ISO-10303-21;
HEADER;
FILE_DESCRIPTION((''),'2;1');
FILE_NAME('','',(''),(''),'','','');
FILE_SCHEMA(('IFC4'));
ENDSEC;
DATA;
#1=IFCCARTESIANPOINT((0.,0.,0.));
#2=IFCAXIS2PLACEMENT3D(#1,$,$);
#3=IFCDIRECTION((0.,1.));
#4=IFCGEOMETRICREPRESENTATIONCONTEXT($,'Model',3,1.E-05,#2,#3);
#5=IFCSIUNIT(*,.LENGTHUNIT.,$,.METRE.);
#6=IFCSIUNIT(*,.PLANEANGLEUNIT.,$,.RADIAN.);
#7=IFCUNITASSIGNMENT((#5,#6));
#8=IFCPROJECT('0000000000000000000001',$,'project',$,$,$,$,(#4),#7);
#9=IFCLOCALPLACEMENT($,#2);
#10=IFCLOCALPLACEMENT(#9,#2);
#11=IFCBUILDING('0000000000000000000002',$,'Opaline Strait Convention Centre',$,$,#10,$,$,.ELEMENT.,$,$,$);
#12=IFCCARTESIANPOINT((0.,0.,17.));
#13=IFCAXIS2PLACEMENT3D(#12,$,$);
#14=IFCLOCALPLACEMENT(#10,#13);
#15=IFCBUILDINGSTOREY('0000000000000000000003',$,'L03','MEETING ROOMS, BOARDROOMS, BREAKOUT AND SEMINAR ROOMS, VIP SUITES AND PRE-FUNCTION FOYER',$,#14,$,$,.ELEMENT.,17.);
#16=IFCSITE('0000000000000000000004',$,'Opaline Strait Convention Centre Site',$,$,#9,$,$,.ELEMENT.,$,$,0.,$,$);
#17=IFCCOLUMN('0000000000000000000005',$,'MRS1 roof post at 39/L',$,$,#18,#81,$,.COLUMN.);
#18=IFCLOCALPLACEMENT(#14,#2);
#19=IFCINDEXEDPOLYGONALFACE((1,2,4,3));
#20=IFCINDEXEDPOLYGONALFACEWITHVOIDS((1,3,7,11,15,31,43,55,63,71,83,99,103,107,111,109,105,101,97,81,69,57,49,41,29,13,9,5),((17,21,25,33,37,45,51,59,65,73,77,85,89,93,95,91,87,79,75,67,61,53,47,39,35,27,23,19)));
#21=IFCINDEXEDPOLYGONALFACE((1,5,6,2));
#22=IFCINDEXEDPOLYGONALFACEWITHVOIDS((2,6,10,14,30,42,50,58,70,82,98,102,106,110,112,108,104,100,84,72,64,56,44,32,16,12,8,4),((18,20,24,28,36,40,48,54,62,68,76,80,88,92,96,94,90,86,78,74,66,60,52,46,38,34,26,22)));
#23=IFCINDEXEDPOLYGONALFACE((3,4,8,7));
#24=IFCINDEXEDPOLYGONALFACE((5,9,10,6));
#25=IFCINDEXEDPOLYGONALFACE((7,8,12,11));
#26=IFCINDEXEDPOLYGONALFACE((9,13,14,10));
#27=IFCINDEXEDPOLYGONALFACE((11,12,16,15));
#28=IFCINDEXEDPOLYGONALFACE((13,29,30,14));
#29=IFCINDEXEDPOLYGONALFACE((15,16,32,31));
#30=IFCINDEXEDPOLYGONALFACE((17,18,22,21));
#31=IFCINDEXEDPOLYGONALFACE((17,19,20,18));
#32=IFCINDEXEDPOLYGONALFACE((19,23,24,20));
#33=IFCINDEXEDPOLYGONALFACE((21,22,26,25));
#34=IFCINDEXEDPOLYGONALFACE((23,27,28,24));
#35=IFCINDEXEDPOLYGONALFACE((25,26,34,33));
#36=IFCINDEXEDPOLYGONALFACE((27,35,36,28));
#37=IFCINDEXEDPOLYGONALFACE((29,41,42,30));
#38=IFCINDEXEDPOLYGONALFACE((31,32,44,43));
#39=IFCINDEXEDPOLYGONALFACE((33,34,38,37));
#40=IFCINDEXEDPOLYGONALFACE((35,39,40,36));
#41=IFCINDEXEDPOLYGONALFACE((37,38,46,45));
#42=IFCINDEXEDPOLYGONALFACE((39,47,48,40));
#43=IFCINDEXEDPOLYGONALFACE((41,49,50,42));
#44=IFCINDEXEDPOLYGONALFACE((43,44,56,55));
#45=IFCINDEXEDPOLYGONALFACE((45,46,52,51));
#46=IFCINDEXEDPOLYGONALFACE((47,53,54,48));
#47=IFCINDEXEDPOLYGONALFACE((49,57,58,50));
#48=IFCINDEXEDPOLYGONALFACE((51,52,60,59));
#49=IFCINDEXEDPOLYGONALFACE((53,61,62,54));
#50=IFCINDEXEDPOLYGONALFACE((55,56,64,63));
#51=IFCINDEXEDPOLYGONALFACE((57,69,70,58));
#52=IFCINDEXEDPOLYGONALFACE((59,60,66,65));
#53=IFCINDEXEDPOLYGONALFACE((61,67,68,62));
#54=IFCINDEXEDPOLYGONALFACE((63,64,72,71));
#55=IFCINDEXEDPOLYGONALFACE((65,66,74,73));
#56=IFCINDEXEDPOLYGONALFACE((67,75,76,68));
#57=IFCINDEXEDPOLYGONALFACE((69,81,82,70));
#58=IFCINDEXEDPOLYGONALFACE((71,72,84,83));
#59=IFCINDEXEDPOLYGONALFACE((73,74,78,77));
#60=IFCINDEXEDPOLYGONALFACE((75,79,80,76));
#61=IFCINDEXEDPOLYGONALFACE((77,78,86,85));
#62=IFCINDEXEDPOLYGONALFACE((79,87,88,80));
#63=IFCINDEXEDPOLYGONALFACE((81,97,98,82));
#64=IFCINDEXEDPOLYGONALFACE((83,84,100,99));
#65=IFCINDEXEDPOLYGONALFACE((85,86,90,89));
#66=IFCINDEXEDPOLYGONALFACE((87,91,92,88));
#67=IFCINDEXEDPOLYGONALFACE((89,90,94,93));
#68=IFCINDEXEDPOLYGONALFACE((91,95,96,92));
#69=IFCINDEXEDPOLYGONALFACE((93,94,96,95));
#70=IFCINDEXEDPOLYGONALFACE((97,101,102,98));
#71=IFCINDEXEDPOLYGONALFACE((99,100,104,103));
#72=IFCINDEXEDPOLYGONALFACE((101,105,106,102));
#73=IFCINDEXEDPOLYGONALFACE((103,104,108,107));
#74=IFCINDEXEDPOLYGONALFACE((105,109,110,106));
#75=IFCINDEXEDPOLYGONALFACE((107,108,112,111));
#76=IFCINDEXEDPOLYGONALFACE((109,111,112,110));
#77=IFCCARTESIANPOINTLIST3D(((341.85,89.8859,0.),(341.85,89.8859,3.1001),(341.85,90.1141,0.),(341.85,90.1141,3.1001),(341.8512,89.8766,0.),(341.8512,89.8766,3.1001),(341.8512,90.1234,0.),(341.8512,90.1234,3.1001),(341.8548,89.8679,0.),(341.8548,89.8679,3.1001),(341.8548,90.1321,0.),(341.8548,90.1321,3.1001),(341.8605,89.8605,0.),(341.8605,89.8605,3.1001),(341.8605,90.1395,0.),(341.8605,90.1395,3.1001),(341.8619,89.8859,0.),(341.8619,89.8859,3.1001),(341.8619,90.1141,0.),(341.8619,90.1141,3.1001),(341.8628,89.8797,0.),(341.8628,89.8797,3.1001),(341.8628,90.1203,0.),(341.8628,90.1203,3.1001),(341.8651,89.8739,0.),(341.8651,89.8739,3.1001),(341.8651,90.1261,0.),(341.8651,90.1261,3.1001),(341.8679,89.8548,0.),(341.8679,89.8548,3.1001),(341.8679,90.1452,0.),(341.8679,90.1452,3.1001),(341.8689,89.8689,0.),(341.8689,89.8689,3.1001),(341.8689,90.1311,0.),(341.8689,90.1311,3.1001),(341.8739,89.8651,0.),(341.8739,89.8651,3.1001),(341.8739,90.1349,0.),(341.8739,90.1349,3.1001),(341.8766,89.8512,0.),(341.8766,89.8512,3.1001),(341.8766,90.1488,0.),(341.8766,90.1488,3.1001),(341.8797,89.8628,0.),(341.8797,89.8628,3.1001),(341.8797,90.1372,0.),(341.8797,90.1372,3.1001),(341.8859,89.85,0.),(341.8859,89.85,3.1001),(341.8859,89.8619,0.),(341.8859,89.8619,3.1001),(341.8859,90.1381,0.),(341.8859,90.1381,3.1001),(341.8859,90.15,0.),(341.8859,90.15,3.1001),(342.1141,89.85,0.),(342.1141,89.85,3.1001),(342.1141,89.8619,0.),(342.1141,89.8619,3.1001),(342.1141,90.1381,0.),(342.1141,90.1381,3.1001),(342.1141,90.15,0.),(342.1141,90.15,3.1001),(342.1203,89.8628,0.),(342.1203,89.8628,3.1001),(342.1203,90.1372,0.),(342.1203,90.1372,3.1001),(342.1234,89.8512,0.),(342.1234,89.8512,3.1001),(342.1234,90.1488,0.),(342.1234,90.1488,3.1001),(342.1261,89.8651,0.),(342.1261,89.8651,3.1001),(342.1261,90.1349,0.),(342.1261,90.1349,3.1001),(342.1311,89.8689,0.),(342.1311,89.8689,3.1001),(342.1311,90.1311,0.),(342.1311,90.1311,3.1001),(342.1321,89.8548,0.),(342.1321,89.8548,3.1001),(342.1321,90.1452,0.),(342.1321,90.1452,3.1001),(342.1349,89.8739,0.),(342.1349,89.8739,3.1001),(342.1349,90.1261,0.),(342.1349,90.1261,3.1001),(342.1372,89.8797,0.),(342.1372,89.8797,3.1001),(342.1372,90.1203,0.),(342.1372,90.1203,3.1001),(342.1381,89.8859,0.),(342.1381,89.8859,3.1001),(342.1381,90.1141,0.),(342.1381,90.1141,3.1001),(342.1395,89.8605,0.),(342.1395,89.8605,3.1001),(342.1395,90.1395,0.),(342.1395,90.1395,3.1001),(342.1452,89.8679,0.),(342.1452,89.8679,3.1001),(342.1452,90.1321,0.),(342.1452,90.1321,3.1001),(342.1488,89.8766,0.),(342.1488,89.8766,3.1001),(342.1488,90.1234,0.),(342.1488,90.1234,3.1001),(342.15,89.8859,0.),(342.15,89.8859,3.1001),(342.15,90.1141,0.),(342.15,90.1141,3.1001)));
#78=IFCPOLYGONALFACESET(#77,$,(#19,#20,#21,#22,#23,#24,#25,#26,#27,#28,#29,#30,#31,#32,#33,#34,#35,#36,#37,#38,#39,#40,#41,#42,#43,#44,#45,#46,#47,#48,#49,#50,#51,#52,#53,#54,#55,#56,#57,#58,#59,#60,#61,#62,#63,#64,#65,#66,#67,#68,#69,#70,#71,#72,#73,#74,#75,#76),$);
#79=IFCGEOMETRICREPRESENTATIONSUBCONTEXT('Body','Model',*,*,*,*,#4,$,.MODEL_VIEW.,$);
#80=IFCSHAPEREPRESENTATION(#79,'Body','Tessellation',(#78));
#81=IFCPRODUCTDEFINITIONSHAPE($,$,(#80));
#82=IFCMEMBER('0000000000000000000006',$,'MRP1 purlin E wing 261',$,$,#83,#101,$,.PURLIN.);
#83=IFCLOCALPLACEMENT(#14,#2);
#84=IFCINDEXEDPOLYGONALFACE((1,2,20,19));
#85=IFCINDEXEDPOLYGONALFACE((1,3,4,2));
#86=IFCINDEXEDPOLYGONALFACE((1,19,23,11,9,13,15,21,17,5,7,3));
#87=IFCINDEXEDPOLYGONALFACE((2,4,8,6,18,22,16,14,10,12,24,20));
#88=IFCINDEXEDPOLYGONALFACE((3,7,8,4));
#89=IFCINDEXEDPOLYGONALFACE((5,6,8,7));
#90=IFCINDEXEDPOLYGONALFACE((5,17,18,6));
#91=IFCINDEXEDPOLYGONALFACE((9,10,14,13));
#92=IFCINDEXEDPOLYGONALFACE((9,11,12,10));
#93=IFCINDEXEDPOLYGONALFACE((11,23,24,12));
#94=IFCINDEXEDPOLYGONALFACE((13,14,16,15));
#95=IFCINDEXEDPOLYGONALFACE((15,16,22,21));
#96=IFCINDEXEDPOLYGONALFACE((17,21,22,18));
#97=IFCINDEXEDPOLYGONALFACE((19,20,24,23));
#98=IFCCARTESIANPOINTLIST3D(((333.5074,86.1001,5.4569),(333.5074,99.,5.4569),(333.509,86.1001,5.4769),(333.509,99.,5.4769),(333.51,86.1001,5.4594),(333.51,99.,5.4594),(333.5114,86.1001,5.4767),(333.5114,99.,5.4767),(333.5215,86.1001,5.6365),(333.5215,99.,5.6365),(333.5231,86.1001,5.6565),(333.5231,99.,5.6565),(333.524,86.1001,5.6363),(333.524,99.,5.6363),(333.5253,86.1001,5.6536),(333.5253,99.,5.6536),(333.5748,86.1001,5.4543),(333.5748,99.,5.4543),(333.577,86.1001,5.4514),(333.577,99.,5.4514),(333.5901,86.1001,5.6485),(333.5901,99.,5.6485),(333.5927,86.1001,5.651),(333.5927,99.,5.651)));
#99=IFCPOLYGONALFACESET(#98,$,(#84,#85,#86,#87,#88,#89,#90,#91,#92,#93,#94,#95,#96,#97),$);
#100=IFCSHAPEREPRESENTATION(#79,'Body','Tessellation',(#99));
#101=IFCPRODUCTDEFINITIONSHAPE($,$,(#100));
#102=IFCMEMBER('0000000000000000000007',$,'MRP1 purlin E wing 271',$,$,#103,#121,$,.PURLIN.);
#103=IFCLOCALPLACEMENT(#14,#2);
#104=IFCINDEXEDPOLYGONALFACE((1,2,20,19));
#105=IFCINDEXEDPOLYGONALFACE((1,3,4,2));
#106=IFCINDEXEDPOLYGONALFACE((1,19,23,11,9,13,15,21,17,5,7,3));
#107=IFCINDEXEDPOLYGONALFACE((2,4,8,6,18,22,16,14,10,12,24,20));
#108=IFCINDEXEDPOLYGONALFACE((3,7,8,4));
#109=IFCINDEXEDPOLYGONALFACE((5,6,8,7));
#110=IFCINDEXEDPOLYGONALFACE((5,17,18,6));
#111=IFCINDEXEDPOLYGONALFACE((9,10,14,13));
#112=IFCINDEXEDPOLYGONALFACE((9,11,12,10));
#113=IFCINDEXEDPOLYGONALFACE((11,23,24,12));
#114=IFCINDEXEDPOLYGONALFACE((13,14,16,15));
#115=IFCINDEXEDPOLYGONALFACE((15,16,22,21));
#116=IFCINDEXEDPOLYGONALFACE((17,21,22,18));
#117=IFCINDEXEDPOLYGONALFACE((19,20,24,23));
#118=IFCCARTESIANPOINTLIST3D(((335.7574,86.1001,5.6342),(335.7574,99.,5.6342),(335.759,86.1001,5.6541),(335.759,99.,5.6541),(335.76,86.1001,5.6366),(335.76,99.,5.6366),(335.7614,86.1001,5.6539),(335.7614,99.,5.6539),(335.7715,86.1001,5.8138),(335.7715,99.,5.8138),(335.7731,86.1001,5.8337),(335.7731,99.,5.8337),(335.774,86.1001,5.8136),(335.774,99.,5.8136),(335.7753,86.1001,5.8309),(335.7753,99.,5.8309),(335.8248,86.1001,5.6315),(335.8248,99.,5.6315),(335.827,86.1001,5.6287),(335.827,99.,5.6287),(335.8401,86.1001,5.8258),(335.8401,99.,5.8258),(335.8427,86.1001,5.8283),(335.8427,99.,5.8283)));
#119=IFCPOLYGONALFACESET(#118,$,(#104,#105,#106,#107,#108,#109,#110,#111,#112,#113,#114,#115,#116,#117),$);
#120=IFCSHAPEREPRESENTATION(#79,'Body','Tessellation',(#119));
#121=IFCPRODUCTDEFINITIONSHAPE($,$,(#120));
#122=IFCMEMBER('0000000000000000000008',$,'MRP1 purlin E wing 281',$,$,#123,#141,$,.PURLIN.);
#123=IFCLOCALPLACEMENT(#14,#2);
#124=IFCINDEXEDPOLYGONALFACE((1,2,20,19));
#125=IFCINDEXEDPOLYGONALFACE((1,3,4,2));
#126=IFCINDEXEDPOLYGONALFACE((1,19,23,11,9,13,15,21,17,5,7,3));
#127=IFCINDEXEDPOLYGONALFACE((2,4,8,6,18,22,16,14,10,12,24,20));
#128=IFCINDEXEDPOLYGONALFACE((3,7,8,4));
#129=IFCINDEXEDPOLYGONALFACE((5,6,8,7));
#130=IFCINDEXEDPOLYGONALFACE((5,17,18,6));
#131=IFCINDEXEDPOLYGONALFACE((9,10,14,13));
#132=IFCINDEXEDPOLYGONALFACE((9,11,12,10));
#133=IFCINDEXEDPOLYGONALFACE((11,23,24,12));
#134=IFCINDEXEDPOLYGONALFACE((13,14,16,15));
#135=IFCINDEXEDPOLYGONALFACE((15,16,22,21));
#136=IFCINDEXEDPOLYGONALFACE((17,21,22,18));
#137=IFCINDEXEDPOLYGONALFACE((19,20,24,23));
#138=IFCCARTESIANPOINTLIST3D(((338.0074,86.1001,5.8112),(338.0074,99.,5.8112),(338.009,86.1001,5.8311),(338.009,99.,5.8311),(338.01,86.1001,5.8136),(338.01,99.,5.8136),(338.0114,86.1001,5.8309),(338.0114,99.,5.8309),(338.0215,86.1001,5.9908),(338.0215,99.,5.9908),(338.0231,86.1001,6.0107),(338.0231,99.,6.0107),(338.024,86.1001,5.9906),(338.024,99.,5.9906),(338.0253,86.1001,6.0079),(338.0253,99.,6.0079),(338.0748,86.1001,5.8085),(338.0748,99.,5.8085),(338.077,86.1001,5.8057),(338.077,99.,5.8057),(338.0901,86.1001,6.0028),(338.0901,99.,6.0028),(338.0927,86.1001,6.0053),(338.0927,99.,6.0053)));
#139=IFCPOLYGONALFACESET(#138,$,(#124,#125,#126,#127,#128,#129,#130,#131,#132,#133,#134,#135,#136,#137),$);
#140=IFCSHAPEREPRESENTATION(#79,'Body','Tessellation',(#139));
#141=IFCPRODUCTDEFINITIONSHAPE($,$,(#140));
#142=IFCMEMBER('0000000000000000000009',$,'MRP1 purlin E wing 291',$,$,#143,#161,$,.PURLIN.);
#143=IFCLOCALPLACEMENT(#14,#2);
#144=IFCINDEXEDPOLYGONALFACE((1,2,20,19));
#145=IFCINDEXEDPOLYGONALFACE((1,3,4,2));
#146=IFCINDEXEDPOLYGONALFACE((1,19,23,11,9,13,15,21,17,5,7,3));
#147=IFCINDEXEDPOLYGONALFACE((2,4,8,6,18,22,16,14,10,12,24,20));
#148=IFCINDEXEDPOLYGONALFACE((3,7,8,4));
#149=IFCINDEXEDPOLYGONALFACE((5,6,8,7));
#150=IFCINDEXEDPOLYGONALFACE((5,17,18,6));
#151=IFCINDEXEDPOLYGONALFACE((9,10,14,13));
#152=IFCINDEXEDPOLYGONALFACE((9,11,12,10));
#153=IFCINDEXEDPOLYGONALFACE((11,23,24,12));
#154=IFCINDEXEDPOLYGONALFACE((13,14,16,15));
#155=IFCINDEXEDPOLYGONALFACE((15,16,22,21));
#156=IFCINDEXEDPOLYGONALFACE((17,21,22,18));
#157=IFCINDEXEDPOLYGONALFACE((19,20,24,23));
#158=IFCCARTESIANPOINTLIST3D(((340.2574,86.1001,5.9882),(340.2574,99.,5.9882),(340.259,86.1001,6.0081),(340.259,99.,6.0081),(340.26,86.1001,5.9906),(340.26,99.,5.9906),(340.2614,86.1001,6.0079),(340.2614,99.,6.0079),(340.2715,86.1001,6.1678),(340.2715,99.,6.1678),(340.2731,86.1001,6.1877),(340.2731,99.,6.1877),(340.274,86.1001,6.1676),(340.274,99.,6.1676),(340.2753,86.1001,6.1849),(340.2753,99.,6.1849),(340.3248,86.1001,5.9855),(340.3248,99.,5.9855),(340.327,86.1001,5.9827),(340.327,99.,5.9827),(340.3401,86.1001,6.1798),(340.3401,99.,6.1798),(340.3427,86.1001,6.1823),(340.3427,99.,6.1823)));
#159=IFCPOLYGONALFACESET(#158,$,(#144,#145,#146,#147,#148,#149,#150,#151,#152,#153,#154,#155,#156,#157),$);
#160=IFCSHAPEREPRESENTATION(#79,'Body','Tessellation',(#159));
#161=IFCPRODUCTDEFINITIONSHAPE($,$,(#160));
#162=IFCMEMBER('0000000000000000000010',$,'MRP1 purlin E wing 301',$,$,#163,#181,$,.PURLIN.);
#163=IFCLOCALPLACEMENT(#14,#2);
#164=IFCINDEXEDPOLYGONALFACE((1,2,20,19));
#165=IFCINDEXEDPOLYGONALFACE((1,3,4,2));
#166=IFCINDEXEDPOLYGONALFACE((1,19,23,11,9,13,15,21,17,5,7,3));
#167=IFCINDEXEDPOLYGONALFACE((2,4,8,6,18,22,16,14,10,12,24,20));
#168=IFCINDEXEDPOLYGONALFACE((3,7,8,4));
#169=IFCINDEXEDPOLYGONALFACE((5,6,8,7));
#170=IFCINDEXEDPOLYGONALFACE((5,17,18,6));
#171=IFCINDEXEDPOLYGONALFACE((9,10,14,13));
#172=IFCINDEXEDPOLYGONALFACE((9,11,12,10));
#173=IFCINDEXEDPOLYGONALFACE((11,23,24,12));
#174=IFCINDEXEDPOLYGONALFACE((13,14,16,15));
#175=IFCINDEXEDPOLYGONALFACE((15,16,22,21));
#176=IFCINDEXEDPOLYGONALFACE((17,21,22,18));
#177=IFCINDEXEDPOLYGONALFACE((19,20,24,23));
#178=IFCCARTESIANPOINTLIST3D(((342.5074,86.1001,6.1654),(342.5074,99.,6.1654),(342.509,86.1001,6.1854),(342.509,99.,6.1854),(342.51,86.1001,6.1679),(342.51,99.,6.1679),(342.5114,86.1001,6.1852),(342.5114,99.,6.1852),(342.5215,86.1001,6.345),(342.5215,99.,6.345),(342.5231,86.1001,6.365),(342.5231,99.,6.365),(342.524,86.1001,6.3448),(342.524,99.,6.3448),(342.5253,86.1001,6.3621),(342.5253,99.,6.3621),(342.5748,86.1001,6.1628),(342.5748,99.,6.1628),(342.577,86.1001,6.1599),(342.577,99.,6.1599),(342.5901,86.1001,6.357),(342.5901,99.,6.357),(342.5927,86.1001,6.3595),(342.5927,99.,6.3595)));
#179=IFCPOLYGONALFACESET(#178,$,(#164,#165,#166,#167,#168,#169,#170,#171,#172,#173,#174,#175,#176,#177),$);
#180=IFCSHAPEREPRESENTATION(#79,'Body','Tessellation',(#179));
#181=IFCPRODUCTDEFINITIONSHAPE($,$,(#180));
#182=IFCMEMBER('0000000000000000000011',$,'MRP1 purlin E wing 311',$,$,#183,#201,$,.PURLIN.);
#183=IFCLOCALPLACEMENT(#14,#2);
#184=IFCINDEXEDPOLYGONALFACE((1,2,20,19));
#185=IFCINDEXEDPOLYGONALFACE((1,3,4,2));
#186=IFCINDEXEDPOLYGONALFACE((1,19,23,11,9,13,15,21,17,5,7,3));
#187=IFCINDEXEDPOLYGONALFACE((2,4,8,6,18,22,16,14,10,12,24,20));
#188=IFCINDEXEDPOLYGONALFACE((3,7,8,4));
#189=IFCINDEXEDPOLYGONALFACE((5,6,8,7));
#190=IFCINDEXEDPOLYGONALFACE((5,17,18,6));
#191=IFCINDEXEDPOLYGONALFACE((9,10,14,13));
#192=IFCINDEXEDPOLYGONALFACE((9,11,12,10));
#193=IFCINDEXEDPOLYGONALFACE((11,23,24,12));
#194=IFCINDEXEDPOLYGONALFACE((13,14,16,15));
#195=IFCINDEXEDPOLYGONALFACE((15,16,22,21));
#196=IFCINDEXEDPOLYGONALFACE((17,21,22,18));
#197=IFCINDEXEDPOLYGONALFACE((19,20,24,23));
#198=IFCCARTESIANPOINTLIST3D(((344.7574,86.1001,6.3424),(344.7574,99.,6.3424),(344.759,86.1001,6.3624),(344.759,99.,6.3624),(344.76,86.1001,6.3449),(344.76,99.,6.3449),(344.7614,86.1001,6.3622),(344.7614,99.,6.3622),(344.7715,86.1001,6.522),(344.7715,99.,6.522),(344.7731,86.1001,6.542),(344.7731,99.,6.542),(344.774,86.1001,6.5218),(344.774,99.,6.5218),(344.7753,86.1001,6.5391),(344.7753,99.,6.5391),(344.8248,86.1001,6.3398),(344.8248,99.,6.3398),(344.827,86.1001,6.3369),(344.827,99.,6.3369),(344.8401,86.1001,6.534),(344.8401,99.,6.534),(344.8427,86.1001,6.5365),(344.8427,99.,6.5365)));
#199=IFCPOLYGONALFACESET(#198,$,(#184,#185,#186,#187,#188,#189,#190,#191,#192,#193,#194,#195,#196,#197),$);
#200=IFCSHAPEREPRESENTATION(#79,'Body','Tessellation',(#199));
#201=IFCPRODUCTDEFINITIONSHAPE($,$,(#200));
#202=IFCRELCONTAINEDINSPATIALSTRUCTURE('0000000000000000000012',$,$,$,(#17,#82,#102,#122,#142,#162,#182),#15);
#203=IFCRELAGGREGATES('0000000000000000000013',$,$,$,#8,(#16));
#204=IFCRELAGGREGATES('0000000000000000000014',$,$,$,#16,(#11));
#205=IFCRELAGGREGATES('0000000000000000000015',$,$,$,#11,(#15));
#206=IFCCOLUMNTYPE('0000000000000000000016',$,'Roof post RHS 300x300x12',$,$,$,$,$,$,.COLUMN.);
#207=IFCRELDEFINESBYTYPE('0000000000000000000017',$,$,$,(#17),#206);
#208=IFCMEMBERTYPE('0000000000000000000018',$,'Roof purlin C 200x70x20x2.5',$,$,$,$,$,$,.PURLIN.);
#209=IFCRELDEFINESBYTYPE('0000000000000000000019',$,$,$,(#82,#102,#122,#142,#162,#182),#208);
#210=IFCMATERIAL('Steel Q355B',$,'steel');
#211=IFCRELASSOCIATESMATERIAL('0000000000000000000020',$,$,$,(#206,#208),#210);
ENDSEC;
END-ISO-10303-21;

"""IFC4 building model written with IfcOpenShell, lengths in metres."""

from ifc_helpers import new_model, si_unit, direction, frame, origin, origin_2d, place, context, subcontext, project, spatial, polyline, hollow_rectangle, outline, extrude, material, material_profile, profile_set, type_object, element, save


model = new_model("IFC4")

# Units and contexts
model_context = context("Model", 3, precision=1e-05, world=origin(), true_north=direction((0.0, 1.0)))
body_context = subcontext(model_context, "Body", "Model", "MODEL_VIEW")
ifc_project = project(units=[si_unit("LENGTHUNIT", "METRE"), si_unit("PLANEANGLEUNIT", "RADIAN")], contexts=[model_context])

# Site, building, storey
site_placement = place(None, origin())
site = spatial("IfcSite", under=ifc_project, at=site_placement, Name="Opaline Strait Convention Centre Site", CompositionType="ELEMENT", RefElevation=0.0)
building_placement = place(site_placement, origin())
building = spatial("IfcBuilding", under=site, at=building_placement, Name="Opaline Strait Convention Centre", CompositionType="ELEMENT")
storey_placement = place(building_placement, frame((0.0, 0.0, 17.0)))
storey = spatial("IfcBuildingStorey", under=building, at=storey_placement, Name="L03", Description="MEETING ROOMS, BOARDROOMS, BREAKOUT AND SEMINAR ROOMS, VIP SUITES AND PRE-FUNCTION FOYER", CompositionType="ELEMENT", Elevation=17.0)

# Column
ifc_material_1 = material(Name="Steel Q355B", Category="steel")
ifc_material_profile_1 = material_profile(ifc_material_1, hollow_rectangle(XDim=0.3, YDim=0.3, WallThickness=0.012, InnerFilletRadius=0.0239, OuterFilletRadius=0.0359, at=origin_2d()), Name="RHS 300x300x12")
ifc_profile_set_1 = profile_set([ifc_material_profile_1], Name="Steel Q355B")
column_type = type_object("IfcColumnType", Name="Roof post RHS 300x300x12", PredefinedType="COLUMN", material=ifc_profile_set_1)
column_placement = place(storey_placement, frame((342.0, 90.0, 0.0), z_axis=(0.0, 0.0, 1.0), x_axis=(1.0, 0.0, 0.0)))
element("IfcColumn", 1, at=column_placement, inside=storey, type_object=column_type, Name="MRS1 roof post at 39/L", PredefinedType="COLUMN", context=body_context, shape_type="SweptSolid", body=[
    extrude(hollow_rectangle(XDim=0.3, YDim=0.3, WallThickness=0.012, InnerFilletRadius=0.0239, OuterFilletRadius=0.0359, at=origin_2d()), origin(), (0.0, 0.0, 1.0), 3.1001),
])

# Members
ifc_material_profile_2 = material_profile(ifc_material_1, outline(polyline([(-0.0349, -0.1001), (0.0349, -0.1001), (0.0349, -0.0801), (0.0325, -0.0801), (0.0325, -0.0974), (-0.0325, -0.0974), (-0.0325, 0.0974), (0.0325, 0.0974), (0.0325, 0.0801), (0.0349, 0.0801), (0.0349, 0.1001), (-0.0349, 0.1001), (-0.0349, -0.1001)])), Name="C 200x70x20x2.5")
ifc_profile_set_2 = profile_set([ifc_material_profile_2], Name="Steel Q355B")
member_type_1 = type_object("IfcMemberType", Name="Roof purlin C 200x70x20x2.5", PredefinedType="PURLIN", material=ifc_profile_set_2)
for number, where, z_axis, x_axis, name in (
    (2, (333.55, 86.1001, 5.554), (0.0, 1.0, 0.0), (-0.996917, 0.0, 0.078459), "MRP1 purlin E wing 261"),
    (3, (335.8, 86.1001, 5.7312), (0.0, 1.0, 0.0), (-0.996917, 0.0, 0.078459), "MRP1 purlin E wing 271"),
    (4, (338.05, 86.1001, 5.9082), (0.0, 1.0, 0.0), (-0.996917, 0.0, 0.078459), "MRP1 purlin E wing 281"),
    (5, (340.3, 86.1001, 6.0852), (0.0, 1.0, 0.0), (-0.996917, 0.0, 0.078459), "MRP1 purlin E wing 291"),
    (6, (342.55, 86.1001, 6.2625), (0.0, 1.0, 0.0), (-0.996917, 0.0, 0.078459), "MRP1 purlin E wing 301"),
    (7, (344.8, 86.1001, 6.4395), (0.0, 1.0, 0.0), (-0.996917, 0.0, 0.078459), "MRP1 purlin E wing 311"),
):
    element("IfcMember", number, at=place(storey_placement, frame(where, z_axis=z_axis, x_axis=x_axis)), inside=storey, type_object=member_type_1, Name=name, PredefinedType="PURLIN", context=body_context, shape_type="SweptSolid", body=[
        extrude(outline(polyline([(-0.0349, -0.1001), (0.0349, -0.1001), (0.0349, -0.0801), (0.0325, -0.0801), (0.0325, -0.0974), (-0.0325, -0.0974), (-0.0325, 0.0974), (0.0325, 0.0974), (0.0325, 0.0801), (0.0349, 0.0801), (0.0349, 0.1001), (-0.0349, 0.1001), (-0.0349, -0.1001)])), origin(), (0.0, 0.0, 1.0), 12.8999),
    ])

save(model, "model.ifc")
